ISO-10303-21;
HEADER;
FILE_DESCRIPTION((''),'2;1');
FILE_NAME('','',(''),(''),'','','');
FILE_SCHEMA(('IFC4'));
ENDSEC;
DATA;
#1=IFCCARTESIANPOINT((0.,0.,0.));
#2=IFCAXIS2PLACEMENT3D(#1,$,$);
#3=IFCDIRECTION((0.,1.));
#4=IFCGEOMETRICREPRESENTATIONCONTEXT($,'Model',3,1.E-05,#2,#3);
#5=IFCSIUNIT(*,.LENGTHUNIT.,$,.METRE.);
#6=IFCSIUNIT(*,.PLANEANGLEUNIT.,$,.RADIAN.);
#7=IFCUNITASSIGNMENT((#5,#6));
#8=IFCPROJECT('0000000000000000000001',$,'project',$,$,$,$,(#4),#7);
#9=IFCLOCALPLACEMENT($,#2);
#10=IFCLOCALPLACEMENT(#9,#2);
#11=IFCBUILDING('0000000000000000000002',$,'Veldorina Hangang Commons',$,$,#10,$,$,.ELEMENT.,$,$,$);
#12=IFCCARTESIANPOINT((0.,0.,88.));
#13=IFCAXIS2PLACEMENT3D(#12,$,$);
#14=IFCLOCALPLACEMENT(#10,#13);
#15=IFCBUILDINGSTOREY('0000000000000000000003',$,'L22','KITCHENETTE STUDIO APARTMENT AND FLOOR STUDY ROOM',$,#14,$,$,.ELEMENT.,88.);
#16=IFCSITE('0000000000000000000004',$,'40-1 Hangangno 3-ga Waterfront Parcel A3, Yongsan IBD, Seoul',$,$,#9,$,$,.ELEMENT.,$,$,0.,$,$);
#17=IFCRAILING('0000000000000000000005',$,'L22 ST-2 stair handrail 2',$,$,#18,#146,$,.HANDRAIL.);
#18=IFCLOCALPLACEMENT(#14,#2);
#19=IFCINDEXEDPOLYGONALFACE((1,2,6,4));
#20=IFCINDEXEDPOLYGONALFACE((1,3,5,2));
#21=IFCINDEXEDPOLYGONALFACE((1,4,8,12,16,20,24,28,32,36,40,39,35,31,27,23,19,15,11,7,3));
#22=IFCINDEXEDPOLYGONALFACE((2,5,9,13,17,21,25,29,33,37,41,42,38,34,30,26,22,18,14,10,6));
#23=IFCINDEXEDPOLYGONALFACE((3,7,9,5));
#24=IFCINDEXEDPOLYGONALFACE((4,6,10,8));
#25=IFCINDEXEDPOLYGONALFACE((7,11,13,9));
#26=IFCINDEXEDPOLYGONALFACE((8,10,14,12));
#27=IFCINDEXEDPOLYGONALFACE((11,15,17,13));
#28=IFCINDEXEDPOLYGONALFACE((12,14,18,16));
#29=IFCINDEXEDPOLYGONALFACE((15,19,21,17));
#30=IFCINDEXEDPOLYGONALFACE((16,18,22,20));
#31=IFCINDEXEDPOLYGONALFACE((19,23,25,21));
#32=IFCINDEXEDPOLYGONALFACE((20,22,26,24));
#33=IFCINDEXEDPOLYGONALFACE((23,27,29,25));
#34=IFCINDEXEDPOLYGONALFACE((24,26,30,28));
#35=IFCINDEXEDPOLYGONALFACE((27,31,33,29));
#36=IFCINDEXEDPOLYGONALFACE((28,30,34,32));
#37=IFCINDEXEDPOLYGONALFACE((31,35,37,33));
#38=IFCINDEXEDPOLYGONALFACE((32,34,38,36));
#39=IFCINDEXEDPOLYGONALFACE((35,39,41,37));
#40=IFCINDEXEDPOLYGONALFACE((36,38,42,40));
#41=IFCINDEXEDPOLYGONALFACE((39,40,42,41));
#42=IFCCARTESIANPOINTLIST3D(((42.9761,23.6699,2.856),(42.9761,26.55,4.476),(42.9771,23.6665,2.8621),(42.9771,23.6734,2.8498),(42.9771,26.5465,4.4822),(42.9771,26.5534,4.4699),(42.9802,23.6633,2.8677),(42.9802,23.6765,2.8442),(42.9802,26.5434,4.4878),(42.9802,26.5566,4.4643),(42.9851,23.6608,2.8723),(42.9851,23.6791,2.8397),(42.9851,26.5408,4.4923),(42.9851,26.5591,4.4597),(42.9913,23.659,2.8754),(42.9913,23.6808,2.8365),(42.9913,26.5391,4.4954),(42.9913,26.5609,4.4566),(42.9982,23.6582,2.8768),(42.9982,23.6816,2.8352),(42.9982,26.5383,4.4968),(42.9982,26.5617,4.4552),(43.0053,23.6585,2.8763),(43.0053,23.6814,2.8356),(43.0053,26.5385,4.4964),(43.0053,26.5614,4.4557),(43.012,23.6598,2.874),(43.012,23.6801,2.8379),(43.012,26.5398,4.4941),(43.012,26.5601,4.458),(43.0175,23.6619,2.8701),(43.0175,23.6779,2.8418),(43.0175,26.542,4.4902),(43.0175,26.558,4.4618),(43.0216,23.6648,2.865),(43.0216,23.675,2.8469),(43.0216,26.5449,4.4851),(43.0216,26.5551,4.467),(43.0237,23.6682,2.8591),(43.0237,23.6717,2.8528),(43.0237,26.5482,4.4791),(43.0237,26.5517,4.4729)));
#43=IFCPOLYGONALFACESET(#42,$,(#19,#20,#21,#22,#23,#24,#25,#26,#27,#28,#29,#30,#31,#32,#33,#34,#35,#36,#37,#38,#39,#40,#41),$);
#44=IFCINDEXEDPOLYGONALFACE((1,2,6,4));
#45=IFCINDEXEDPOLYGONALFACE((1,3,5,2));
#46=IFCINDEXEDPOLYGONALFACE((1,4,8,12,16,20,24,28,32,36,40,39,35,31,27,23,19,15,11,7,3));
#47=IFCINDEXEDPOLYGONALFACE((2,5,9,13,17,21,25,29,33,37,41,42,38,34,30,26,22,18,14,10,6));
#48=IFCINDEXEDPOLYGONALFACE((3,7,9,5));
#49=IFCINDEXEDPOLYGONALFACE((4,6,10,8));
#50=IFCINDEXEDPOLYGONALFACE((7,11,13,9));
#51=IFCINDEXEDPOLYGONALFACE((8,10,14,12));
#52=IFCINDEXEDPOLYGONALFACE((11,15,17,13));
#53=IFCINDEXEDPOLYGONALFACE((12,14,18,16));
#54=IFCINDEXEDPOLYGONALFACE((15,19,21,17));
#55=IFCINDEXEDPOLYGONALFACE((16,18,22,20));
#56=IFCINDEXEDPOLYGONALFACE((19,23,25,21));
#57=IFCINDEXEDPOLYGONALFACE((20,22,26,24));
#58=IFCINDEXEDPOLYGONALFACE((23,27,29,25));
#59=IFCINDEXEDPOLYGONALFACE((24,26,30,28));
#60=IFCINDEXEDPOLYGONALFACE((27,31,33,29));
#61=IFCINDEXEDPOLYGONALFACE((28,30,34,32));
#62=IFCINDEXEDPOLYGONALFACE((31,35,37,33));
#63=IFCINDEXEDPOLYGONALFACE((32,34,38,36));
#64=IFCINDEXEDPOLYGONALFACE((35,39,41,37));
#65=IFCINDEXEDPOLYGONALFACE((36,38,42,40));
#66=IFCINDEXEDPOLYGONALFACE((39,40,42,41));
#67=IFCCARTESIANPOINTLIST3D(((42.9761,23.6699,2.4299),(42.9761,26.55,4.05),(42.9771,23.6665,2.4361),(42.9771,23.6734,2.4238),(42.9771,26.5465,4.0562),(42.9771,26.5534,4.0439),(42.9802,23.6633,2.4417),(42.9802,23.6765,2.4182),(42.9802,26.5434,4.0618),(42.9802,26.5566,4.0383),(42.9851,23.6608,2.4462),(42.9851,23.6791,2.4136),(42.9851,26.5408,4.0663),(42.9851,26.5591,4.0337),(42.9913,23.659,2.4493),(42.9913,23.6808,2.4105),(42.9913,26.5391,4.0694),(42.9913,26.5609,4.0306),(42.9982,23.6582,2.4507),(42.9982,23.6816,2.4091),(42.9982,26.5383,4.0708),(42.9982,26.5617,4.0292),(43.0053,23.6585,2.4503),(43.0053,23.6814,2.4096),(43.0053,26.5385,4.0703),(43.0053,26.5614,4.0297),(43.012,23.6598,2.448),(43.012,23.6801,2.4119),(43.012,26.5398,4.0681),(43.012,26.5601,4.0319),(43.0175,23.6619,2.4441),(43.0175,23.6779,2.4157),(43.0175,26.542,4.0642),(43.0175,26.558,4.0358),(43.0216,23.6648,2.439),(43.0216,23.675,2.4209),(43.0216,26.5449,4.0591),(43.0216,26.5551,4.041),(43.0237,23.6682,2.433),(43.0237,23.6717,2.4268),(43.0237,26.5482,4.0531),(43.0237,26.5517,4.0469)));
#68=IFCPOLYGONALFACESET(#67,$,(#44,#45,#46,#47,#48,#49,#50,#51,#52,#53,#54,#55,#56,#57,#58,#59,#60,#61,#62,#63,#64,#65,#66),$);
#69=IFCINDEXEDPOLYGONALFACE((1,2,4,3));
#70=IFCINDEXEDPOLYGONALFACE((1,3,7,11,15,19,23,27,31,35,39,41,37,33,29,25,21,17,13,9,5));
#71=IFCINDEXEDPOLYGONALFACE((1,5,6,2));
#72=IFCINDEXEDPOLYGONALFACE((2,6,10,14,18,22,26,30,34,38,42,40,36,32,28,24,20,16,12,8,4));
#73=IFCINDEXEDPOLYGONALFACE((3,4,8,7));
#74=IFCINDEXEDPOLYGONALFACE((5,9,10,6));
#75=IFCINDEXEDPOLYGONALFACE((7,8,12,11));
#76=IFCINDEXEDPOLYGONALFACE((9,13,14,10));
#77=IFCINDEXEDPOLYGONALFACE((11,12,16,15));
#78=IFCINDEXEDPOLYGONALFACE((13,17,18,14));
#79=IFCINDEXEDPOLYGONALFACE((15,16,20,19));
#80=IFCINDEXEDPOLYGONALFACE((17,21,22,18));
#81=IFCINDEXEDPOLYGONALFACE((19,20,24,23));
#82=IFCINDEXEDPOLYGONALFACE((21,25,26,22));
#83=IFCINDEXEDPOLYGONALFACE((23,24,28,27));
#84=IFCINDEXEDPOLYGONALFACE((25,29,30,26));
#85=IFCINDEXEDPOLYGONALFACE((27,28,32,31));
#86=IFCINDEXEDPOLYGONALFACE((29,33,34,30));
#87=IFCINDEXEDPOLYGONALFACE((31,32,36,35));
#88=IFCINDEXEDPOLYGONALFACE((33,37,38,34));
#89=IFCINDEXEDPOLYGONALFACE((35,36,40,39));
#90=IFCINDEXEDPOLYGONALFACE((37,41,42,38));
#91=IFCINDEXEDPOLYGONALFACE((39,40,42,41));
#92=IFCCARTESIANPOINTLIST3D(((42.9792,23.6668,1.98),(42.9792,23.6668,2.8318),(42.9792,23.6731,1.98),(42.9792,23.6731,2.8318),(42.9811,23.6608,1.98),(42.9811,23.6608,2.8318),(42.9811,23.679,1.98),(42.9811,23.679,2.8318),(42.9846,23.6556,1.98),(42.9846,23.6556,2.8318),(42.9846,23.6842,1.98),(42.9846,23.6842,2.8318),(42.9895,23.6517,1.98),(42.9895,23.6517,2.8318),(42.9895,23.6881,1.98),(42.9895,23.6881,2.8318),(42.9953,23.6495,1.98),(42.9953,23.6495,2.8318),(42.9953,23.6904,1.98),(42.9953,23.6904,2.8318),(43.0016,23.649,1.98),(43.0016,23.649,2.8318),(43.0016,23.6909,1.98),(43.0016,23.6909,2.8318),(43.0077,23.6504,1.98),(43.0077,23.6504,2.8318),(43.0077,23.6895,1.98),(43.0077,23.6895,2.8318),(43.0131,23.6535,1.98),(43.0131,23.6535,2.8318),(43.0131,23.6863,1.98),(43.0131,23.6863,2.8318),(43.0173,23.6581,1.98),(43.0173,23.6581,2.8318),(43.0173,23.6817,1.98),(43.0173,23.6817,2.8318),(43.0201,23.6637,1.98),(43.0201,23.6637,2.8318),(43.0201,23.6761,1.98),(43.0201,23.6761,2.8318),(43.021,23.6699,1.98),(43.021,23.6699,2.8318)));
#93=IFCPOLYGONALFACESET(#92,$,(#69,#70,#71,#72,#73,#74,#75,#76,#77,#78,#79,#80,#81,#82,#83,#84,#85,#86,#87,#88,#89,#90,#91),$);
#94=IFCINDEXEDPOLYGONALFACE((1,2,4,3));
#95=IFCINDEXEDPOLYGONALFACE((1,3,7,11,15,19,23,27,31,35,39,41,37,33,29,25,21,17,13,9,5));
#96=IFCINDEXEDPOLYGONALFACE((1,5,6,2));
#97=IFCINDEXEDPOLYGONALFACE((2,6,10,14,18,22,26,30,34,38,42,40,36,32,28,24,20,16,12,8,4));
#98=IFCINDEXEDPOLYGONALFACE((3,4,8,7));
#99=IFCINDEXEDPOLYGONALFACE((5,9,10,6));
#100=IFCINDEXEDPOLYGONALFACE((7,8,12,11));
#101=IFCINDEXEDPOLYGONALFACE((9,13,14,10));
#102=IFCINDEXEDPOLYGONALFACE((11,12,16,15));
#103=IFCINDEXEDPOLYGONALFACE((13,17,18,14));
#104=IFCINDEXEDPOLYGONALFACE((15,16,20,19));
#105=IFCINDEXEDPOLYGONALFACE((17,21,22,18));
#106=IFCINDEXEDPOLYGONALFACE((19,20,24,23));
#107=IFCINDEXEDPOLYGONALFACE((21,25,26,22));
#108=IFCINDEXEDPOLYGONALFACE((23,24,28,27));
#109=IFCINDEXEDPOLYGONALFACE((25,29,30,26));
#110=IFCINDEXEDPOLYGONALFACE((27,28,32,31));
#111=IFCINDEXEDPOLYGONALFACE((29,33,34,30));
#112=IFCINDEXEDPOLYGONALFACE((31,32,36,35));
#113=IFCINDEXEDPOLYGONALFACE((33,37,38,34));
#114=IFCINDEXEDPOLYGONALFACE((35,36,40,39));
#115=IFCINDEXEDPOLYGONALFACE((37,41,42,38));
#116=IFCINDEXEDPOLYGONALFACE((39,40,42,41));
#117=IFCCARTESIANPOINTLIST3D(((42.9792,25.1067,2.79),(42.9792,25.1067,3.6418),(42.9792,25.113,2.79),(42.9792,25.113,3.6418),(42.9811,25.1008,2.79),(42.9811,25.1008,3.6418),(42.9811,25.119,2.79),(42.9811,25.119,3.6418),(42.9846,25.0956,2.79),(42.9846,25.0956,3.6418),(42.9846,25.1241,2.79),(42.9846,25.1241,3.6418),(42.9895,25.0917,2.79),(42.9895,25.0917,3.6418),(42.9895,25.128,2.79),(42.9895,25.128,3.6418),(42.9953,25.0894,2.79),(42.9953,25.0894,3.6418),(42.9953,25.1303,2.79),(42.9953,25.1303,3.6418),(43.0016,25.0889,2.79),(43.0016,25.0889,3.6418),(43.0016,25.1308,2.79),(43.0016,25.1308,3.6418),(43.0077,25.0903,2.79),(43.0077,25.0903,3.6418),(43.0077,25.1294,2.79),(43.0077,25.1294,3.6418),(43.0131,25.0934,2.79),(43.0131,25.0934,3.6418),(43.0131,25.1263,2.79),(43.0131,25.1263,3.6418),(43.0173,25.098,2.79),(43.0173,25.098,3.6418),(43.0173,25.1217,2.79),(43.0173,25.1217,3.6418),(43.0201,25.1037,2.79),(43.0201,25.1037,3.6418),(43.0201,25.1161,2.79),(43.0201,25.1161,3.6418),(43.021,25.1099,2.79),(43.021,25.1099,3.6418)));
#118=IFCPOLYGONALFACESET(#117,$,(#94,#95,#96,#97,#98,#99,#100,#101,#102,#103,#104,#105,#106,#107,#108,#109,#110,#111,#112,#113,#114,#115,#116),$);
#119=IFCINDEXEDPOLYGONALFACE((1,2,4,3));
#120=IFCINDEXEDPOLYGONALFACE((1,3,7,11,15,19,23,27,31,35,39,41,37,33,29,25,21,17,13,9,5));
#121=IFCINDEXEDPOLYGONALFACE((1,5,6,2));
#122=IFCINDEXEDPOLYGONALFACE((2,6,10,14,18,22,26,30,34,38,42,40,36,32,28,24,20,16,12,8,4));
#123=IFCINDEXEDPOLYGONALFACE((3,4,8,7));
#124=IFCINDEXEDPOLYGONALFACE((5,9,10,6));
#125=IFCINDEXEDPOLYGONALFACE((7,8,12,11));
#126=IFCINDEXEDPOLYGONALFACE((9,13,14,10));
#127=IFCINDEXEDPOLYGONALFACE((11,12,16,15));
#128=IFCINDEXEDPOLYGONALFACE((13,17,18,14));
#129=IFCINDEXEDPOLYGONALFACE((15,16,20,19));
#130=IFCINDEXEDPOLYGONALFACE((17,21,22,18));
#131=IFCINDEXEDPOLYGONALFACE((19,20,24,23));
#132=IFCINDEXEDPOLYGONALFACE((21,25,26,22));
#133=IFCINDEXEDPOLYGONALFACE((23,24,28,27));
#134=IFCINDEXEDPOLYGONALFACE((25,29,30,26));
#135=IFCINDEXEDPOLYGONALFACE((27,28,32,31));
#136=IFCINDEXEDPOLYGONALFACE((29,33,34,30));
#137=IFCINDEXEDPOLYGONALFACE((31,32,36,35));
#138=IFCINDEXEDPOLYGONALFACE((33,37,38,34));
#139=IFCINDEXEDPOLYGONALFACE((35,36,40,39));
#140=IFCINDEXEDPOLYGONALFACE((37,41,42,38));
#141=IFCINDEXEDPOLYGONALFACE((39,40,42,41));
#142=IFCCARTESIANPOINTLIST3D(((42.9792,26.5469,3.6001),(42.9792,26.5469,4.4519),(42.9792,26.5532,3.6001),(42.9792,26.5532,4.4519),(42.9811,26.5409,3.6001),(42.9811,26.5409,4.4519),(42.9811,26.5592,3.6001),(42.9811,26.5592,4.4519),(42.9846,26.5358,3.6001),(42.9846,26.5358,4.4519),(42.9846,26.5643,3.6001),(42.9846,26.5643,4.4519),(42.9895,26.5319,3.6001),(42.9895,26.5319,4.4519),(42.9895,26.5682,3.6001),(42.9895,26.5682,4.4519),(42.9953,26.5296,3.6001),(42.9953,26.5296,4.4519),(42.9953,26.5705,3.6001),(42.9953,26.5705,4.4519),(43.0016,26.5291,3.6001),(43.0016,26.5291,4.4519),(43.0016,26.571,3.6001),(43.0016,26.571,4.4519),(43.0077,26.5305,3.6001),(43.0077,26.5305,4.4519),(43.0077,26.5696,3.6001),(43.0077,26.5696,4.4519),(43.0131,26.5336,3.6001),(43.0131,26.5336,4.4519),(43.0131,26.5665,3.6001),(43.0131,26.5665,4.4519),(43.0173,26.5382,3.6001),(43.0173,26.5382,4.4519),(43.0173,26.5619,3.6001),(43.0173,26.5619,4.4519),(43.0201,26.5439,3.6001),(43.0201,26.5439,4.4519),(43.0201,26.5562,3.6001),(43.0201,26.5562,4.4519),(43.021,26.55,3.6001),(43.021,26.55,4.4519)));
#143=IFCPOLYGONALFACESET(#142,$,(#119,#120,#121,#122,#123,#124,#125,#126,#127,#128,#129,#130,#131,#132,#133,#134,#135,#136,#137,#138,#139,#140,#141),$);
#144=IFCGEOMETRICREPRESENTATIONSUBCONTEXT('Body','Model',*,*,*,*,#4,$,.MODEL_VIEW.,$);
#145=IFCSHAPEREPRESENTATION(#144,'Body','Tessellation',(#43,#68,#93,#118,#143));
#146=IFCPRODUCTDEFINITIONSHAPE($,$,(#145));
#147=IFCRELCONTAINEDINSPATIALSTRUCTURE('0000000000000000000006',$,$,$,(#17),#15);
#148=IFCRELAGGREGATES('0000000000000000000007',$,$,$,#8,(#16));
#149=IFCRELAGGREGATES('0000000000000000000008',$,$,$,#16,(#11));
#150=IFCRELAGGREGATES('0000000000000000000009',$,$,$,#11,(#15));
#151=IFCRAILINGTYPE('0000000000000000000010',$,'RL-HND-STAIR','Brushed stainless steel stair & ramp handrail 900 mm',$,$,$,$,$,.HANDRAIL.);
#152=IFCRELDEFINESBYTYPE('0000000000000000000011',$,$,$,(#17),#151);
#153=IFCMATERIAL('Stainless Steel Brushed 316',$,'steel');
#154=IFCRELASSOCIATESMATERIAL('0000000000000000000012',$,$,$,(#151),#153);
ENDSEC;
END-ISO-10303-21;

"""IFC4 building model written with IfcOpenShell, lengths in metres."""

from ifc_helpers import new_model, si_unit, direction, frame, origin, origin_2d, place, context, subcontext, project, spatial, circle, extrude, material, type_object, element, save


model = new_model("IFC4")

# Units and contexts
model_context = context("Model", 3, precision=1e-05, world=origin(), true_north=direction((0.0, 1.0)))
body_context = subcontext(model_context, "Body", "Model", "MODEL_VIEW")
ifc_project = project(units=[si_unit("LENGTHUNIT", "METRE"), si_unit("PLANEANGLEUNIT", "RADIAN")], contexts=[model_context])

# Site, building, storey
site_placement = place(None, origin())
site = spatial("IfcSite", under=ifc_project, at=site_placement, Name="40-1 Hangangno 3-ga Waterfront Parcel A3, Yongsan IBD, Seoul", CompositionType="ELEMENT", RefElevation=0.0)
building_placement = place(site_placement, origin())
building = spatial("IfcBuilding", under=site, at=building_placement, Name="Veldorina Hangang Commons", CompositionType="ELEMENT")
storey_placement = place(building_placement, frame((0.0, 0.0, 88.0)))
storey = spatial("IfcBuildingStorey", under=building, at=storey_placement, Name="L22", Description="KITCHENETTE STUDIO APARTMENT AND FLOOR STUDY ROOM", CompositionType="ELEMENT", Elevation=88.0)

# Railing
ifc_material_1 = material(Name="Stainless Steel Brushed 316", Category="steel")
railing_type_1 = type_object("IfcRailingType", Name="RL-HND-STAIR", Description="Brushed stainless steel stair & ramp handrail 900 mm", PredefinedType="HANDRAIL", material=ifc_material_1)
railing_1_placement = place(storey_placement, frame((43.0, 23.6699, 1.98)))
element("IfcRailing", 1, at=railing_1_placement, inside=storey, type_object=railing_type_1, Name="L22 ST-2 stair handrail 2", PredefinedType="HANDRAIL", context=body_context, shape_type="SweptSolid", body=[
    extrude(circle(Radius=0.0239, at=origin_2d()), frame((0.0, 0.0, 0.876), z_axis=(0.0, 0.87157, 0.490272), x_axis=(-1.0, 0.0, 0.0)), (0.0, 0.0, 1.0), 3.3044),
    extrude(circle(Radius=0.0239, at=origin_2d()), frame((0.0, 0.0, 0.45), z_axis=(0.0, 0.87157, 0.490272), x_axis=(-1.0, 0.0, 0.0)), (0.0, 0.0, 1.0), 3.3044),
    extrude(circle(Radius=0.021, at=origin_2d()), origin(), (0.0, 0.0, 1.0), 0.8518),
    extrude(circle(Radius=0.021, at=origin_2d()), frame((0.0, 1.4399, 0.8101)), (0.0, 0.0, 1.0), 0.8518),
    extrude(circle(Radius=0.021, at=origin_2d()), frame((0.0, 2.8801, 1.6201)), (0.0, 0.0, 1.0), 0.8518),
])

save(model, "model.ifc")
